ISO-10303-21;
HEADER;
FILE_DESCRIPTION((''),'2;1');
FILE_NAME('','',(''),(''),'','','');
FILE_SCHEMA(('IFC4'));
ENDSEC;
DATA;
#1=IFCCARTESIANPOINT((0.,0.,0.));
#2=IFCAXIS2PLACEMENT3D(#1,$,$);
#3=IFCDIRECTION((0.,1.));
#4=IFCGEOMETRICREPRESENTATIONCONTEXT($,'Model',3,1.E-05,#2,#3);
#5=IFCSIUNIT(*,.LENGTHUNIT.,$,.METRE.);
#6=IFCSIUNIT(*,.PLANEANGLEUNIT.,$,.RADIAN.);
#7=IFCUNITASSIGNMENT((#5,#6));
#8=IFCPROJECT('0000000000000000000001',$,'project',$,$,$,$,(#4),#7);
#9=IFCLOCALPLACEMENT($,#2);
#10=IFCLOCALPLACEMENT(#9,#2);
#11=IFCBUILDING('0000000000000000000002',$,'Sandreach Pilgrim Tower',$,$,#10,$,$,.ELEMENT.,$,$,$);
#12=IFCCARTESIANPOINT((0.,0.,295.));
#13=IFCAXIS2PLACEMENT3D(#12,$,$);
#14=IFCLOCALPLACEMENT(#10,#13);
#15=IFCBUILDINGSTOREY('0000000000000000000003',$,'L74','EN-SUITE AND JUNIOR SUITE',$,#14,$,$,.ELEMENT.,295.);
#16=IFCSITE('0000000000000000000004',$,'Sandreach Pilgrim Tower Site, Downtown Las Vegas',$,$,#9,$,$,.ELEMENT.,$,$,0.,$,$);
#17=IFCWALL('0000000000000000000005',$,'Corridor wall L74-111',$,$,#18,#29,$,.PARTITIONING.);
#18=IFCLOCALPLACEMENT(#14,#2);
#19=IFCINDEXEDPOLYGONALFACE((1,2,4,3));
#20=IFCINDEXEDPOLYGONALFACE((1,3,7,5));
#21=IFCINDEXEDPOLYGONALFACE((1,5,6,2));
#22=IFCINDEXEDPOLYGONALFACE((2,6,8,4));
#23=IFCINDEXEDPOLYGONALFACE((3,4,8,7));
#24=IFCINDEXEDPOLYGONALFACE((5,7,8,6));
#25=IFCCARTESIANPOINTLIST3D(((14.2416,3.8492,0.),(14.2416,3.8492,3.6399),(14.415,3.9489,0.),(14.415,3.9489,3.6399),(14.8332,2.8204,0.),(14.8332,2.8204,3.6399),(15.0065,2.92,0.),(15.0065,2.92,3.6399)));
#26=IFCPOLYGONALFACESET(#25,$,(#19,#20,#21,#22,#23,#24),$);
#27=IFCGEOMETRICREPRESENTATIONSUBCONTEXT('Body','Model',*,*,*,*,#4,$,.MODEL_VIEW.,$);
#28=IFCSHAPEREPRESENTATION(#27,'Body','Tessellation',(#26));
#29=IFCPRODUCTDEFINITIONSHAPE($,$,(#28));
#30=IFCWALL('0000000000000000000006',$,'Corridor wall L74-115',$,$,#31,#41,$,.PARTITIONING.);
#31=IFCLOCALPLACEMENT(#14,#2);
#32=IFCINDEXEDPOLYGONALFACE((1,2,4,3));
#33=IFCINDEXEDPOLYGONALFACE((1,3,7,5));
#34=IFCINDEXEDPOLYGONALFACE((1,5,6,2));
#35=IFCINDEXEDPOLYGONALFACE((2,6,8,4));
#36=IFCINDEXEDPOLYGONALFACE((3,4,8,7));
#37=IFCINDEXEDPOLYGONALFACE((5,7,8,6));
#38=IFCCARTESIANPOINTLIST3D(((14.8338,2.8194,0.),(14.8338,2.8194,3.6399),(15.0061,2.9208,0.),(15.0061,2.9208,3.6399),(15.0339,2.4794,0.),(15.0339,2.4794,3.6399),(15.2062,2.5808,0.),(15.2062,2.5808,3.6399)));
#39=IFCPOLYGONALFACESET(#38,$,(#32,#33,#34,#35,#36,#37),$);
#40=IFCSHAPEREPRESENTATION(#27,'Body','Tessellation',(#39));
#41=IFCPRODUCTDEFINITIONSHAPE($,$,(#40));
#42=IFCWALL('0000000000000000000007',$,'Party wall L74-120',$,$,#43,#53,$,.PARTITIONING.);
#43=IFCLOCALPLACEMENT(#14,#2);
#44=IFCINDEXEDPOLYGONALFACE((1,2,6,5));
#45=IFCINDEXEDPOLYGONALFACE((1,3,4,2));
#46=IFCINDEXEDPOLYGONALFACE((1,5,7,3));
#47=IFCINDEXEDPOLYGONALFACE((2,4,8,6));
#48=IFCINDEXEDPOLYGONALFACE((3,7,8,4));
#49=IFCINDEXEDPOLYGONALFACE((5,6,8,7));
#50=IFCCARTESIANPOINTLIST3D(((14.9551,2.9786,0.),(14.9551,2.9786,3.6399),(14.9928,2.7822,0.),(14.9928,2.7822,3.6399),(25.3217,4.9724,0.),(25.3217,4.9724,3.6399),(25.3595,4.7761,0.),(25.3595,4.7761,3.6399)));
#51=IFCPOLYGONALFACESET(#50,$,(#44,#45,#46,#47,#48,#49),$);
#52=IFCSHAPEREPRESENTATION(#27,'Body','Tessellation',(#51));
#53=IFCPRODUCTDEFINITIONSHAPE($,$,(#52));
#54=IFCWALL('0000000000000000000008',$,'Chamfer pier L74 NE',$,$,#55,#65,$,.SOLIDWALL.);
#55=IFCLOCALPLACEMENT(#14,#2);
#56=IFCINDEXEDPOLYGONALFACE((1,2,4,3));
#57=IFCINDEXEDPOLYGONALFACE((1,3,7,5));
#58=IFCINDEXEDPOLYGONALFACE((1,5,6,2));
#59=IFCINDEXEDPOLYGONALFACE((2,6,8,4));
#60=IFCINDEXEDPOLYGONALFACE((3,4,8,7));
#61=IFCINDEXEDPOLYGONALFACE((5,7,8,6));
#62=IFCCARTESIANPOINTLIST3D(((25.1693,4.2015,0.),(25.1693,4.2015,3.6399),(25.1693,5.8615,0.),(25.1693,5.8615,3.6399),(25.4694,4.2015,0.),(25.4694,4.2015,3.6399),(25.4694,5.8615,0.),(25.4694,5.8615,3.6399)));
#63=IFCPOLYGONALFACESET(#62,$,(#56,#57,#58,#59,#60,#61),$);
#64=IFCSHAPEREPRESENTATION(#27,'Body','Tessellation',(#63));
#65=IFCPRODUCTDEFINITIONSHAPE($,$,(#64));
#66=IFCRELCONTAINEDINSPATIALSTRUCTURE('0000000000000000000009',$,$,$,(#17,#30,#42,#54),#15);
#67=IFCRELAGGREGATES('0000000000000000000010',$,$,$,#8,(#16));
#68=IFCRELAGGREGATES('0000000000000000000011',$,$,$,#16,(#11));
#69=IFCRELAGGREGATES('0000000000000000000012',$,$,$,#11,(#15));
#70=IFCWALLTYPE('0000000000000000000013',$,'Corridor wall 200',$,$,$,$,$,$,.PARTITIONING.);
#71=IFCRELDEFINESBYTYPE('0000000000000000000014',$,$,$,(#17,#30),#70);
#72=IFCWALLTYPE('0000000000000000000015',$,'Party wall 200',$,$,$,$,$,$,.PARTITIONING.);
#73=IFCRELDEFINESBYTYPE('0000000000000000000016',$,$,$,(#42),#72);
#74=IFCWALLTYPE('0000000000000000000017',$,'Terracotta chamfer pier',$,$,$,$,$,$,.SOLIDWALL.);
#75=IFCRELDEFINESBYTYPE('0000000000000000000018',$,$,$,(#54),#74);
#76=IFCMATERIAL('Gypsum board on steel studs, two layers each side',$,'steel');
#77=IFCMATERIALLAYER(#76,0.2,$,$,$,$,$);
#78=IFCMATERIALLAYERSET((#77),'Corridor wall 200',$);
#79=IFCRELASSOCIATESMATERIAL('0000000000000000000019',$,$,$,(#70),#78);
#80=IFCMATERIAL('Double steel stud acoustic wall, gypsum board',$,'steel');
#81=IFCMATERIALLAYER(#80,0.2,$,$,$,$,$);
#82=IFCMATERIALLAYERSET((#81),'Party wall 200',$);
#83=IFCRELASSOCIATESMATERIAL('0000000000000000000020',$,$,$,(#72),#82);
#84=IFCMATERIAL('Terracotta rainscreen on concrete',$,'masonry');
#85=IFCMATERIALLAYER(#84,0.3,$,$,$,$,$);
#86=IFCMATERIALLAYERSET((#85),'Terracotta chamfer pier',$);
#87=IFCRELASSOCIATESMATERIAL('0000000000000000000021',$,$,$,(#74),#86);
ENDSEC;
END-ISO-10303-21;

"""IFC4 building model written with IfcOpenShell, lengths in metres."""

from ifc_helpers import new_model, si_unit, direction, frame, frame_2d, origin, place, context, subcontext, project, spatial, rectangle, extrude, material, layer, layer_set, type_object, element, save


model = new_model("IFC4")

# Units and contexts
model_context = context("Model", 3, precision=1e-05, world=origin(), true_north=direction((0.0, 1.0)))
body_context = subcontext(model_context, "Body", "Model", "MODEL_VIEW")
ifc_project = project(units=[si_unit("LENGTHUNIT", "METRE"), si_unit("PLANEANGLEUNIT", "RADIAN")], contexts=[model_context])

# Site, building, storey
site_placement = place(None, origin())
site = spatial("IfcSite", under=ifc_project, at=site_placement, Name="Sandreach Pilgrim Tower Site, Downtown Las Vegas", CompositionType="ELEMENT", RefElevation=0.0)
building_placement = place(site_placement, origin())
building = spatial("IfcBuilding", under=site, at=building_placement, Name="Sandreach Pilgrim Tower", CompositionType="ELEMENT")
storey_placement = place(building_placement, frame((0.0, 0.0, 295.0)))
storey = spatial("IfcBuildingStorey", under=building, at=storey_placement, Name="L74", Description="EN-SUITE AND JUNIOR SUITE", CompositionType="ELEMENT", Elevation=295.0)

# Shared definitions
ifc_material_1 = material(Name="Gypsum board on steel studs, two layers each side", Category="steel")
ifc_layer_1 = layer(ifc_material_1, 0.2)
ifc_layer_set_1 = layer_set([ifc_layer_1], Name="Corridor wall 200")
wall_type_1 = type_object("IfcWallType", Name="Corridor wall 200", PredefinedType="PARTITIONING", material=ifc_layer_set_1)

# Walls
wall_1_placement = place(storey_placement, frame((14.3284, 3.8989, 0.0), z_axis=(0.0, 0.0, 1.0), x_axis=(0.498463, -0.866911, 0.0)))
element("IfcWall", 1, at=wall_1_placement, inside=storey, type_object=wall_type_1, Name="Corridor wall L74-111", PredefinedType="PARTITIONING", context=body_context, shape_type="SweptSolid", body=[
    extrude(rectangle(XDim=1.1868, YDim=0.2, at=frame_2d((0.5933, 0.0))), origin(), (0.0, 0.0, 1.0), 3.6399),
])
wall_2_placement = place(storey_placement, frame((14.9199, 2.8701, 0.0), z_axis=(0.0, 0.0, 1.0), x_axis=(0.50729, -0.861775, 0.0)))
element("IfcWall", 2, at=wall_2_placement, inside=storey, type_object=wall_type_1, Name="Corridor wall L74-115", PredefinedType="PARTITIONING", context=body_context, shape_type="SweptSolid", body=[
    extrude(rectangle(XDim=0.3945, YDim=0.2, at=frame_2d((0.1973, 0.0))), origin(), (0.0, 0.0, 1.0), 3.6399),
])

# Shared definitions
ifc_material_2 = material(Name="Double steel stud acoustic wall, gypsum board", Category="steel")
ifc_layer_2 = layer(ifc_material_2, 0.2)
ifc_layer_set_2 = layer_set([ifc_layer_2], Name="Party wall 200")
wall_type_2 = type_object("IfcWallType", Name="Party wall 200", PredefinedType="PARTITIONING", material=ifc_layer_set_2)

# Walls
wall_3_placement = place(storey_placement, frame((25.3406, 4.8743, 0.0), z_axis=(0.0, 0.0, 1.0), x_axis=(-0.982001, -0.188875, 0.0)))
element("IfcWall", 3, at=wall_3_placement, inside=storey, type_object=wall_type_2, Name="Party wall L74-120", PredefinedType="PARTITIONING", context=body_context, shape_type="SweptSolid", body=[
    extrude(rectangle(XDim=10.5566, YDim=0.2, at=frame_2d((5.2783, 0.0))), origin(), (0.0, 0.0, 1.0), 3.6399),
])
ifc_material_3 = material(Name="Terracotta rainscreen on concrete", Category="masonry")
ifc_layer_3 = layer(ifc_material_3, 0.3)
ifc_layer_set_3 = layer_set([ifc_layer_3], Name="Terracotta chamfer pier")
wall_type_3 = type_object("IfcWallType", Name="Terracotta chamfer pier", PredefinedType="SOLIDWALL", material=ifc_layer_set_3)
wall_4_placement = place(storey_placement, frame((25.3193, 5.8616, 0.0), z_axis=(0.0, 0.0, 1.0), x_axis=(0.0, -1.0, 0.0)))
element("IfcWall", 4, at=wall_4_placement, inside=storey, type_object=wall_type_3, Name="Chamfer pier L74 NE", PredefinedType="SOLIDWALL", context=body_context, shape_type="SweptSolid", body=[
    extrude(rectangle(XDim=1.6599, YDim=0.3, at=frame_2d((0.8301, 0.0))), origin(), (0.0, 0.0, 1.0), 3.6399),
])

save(model, "model.ifc")
